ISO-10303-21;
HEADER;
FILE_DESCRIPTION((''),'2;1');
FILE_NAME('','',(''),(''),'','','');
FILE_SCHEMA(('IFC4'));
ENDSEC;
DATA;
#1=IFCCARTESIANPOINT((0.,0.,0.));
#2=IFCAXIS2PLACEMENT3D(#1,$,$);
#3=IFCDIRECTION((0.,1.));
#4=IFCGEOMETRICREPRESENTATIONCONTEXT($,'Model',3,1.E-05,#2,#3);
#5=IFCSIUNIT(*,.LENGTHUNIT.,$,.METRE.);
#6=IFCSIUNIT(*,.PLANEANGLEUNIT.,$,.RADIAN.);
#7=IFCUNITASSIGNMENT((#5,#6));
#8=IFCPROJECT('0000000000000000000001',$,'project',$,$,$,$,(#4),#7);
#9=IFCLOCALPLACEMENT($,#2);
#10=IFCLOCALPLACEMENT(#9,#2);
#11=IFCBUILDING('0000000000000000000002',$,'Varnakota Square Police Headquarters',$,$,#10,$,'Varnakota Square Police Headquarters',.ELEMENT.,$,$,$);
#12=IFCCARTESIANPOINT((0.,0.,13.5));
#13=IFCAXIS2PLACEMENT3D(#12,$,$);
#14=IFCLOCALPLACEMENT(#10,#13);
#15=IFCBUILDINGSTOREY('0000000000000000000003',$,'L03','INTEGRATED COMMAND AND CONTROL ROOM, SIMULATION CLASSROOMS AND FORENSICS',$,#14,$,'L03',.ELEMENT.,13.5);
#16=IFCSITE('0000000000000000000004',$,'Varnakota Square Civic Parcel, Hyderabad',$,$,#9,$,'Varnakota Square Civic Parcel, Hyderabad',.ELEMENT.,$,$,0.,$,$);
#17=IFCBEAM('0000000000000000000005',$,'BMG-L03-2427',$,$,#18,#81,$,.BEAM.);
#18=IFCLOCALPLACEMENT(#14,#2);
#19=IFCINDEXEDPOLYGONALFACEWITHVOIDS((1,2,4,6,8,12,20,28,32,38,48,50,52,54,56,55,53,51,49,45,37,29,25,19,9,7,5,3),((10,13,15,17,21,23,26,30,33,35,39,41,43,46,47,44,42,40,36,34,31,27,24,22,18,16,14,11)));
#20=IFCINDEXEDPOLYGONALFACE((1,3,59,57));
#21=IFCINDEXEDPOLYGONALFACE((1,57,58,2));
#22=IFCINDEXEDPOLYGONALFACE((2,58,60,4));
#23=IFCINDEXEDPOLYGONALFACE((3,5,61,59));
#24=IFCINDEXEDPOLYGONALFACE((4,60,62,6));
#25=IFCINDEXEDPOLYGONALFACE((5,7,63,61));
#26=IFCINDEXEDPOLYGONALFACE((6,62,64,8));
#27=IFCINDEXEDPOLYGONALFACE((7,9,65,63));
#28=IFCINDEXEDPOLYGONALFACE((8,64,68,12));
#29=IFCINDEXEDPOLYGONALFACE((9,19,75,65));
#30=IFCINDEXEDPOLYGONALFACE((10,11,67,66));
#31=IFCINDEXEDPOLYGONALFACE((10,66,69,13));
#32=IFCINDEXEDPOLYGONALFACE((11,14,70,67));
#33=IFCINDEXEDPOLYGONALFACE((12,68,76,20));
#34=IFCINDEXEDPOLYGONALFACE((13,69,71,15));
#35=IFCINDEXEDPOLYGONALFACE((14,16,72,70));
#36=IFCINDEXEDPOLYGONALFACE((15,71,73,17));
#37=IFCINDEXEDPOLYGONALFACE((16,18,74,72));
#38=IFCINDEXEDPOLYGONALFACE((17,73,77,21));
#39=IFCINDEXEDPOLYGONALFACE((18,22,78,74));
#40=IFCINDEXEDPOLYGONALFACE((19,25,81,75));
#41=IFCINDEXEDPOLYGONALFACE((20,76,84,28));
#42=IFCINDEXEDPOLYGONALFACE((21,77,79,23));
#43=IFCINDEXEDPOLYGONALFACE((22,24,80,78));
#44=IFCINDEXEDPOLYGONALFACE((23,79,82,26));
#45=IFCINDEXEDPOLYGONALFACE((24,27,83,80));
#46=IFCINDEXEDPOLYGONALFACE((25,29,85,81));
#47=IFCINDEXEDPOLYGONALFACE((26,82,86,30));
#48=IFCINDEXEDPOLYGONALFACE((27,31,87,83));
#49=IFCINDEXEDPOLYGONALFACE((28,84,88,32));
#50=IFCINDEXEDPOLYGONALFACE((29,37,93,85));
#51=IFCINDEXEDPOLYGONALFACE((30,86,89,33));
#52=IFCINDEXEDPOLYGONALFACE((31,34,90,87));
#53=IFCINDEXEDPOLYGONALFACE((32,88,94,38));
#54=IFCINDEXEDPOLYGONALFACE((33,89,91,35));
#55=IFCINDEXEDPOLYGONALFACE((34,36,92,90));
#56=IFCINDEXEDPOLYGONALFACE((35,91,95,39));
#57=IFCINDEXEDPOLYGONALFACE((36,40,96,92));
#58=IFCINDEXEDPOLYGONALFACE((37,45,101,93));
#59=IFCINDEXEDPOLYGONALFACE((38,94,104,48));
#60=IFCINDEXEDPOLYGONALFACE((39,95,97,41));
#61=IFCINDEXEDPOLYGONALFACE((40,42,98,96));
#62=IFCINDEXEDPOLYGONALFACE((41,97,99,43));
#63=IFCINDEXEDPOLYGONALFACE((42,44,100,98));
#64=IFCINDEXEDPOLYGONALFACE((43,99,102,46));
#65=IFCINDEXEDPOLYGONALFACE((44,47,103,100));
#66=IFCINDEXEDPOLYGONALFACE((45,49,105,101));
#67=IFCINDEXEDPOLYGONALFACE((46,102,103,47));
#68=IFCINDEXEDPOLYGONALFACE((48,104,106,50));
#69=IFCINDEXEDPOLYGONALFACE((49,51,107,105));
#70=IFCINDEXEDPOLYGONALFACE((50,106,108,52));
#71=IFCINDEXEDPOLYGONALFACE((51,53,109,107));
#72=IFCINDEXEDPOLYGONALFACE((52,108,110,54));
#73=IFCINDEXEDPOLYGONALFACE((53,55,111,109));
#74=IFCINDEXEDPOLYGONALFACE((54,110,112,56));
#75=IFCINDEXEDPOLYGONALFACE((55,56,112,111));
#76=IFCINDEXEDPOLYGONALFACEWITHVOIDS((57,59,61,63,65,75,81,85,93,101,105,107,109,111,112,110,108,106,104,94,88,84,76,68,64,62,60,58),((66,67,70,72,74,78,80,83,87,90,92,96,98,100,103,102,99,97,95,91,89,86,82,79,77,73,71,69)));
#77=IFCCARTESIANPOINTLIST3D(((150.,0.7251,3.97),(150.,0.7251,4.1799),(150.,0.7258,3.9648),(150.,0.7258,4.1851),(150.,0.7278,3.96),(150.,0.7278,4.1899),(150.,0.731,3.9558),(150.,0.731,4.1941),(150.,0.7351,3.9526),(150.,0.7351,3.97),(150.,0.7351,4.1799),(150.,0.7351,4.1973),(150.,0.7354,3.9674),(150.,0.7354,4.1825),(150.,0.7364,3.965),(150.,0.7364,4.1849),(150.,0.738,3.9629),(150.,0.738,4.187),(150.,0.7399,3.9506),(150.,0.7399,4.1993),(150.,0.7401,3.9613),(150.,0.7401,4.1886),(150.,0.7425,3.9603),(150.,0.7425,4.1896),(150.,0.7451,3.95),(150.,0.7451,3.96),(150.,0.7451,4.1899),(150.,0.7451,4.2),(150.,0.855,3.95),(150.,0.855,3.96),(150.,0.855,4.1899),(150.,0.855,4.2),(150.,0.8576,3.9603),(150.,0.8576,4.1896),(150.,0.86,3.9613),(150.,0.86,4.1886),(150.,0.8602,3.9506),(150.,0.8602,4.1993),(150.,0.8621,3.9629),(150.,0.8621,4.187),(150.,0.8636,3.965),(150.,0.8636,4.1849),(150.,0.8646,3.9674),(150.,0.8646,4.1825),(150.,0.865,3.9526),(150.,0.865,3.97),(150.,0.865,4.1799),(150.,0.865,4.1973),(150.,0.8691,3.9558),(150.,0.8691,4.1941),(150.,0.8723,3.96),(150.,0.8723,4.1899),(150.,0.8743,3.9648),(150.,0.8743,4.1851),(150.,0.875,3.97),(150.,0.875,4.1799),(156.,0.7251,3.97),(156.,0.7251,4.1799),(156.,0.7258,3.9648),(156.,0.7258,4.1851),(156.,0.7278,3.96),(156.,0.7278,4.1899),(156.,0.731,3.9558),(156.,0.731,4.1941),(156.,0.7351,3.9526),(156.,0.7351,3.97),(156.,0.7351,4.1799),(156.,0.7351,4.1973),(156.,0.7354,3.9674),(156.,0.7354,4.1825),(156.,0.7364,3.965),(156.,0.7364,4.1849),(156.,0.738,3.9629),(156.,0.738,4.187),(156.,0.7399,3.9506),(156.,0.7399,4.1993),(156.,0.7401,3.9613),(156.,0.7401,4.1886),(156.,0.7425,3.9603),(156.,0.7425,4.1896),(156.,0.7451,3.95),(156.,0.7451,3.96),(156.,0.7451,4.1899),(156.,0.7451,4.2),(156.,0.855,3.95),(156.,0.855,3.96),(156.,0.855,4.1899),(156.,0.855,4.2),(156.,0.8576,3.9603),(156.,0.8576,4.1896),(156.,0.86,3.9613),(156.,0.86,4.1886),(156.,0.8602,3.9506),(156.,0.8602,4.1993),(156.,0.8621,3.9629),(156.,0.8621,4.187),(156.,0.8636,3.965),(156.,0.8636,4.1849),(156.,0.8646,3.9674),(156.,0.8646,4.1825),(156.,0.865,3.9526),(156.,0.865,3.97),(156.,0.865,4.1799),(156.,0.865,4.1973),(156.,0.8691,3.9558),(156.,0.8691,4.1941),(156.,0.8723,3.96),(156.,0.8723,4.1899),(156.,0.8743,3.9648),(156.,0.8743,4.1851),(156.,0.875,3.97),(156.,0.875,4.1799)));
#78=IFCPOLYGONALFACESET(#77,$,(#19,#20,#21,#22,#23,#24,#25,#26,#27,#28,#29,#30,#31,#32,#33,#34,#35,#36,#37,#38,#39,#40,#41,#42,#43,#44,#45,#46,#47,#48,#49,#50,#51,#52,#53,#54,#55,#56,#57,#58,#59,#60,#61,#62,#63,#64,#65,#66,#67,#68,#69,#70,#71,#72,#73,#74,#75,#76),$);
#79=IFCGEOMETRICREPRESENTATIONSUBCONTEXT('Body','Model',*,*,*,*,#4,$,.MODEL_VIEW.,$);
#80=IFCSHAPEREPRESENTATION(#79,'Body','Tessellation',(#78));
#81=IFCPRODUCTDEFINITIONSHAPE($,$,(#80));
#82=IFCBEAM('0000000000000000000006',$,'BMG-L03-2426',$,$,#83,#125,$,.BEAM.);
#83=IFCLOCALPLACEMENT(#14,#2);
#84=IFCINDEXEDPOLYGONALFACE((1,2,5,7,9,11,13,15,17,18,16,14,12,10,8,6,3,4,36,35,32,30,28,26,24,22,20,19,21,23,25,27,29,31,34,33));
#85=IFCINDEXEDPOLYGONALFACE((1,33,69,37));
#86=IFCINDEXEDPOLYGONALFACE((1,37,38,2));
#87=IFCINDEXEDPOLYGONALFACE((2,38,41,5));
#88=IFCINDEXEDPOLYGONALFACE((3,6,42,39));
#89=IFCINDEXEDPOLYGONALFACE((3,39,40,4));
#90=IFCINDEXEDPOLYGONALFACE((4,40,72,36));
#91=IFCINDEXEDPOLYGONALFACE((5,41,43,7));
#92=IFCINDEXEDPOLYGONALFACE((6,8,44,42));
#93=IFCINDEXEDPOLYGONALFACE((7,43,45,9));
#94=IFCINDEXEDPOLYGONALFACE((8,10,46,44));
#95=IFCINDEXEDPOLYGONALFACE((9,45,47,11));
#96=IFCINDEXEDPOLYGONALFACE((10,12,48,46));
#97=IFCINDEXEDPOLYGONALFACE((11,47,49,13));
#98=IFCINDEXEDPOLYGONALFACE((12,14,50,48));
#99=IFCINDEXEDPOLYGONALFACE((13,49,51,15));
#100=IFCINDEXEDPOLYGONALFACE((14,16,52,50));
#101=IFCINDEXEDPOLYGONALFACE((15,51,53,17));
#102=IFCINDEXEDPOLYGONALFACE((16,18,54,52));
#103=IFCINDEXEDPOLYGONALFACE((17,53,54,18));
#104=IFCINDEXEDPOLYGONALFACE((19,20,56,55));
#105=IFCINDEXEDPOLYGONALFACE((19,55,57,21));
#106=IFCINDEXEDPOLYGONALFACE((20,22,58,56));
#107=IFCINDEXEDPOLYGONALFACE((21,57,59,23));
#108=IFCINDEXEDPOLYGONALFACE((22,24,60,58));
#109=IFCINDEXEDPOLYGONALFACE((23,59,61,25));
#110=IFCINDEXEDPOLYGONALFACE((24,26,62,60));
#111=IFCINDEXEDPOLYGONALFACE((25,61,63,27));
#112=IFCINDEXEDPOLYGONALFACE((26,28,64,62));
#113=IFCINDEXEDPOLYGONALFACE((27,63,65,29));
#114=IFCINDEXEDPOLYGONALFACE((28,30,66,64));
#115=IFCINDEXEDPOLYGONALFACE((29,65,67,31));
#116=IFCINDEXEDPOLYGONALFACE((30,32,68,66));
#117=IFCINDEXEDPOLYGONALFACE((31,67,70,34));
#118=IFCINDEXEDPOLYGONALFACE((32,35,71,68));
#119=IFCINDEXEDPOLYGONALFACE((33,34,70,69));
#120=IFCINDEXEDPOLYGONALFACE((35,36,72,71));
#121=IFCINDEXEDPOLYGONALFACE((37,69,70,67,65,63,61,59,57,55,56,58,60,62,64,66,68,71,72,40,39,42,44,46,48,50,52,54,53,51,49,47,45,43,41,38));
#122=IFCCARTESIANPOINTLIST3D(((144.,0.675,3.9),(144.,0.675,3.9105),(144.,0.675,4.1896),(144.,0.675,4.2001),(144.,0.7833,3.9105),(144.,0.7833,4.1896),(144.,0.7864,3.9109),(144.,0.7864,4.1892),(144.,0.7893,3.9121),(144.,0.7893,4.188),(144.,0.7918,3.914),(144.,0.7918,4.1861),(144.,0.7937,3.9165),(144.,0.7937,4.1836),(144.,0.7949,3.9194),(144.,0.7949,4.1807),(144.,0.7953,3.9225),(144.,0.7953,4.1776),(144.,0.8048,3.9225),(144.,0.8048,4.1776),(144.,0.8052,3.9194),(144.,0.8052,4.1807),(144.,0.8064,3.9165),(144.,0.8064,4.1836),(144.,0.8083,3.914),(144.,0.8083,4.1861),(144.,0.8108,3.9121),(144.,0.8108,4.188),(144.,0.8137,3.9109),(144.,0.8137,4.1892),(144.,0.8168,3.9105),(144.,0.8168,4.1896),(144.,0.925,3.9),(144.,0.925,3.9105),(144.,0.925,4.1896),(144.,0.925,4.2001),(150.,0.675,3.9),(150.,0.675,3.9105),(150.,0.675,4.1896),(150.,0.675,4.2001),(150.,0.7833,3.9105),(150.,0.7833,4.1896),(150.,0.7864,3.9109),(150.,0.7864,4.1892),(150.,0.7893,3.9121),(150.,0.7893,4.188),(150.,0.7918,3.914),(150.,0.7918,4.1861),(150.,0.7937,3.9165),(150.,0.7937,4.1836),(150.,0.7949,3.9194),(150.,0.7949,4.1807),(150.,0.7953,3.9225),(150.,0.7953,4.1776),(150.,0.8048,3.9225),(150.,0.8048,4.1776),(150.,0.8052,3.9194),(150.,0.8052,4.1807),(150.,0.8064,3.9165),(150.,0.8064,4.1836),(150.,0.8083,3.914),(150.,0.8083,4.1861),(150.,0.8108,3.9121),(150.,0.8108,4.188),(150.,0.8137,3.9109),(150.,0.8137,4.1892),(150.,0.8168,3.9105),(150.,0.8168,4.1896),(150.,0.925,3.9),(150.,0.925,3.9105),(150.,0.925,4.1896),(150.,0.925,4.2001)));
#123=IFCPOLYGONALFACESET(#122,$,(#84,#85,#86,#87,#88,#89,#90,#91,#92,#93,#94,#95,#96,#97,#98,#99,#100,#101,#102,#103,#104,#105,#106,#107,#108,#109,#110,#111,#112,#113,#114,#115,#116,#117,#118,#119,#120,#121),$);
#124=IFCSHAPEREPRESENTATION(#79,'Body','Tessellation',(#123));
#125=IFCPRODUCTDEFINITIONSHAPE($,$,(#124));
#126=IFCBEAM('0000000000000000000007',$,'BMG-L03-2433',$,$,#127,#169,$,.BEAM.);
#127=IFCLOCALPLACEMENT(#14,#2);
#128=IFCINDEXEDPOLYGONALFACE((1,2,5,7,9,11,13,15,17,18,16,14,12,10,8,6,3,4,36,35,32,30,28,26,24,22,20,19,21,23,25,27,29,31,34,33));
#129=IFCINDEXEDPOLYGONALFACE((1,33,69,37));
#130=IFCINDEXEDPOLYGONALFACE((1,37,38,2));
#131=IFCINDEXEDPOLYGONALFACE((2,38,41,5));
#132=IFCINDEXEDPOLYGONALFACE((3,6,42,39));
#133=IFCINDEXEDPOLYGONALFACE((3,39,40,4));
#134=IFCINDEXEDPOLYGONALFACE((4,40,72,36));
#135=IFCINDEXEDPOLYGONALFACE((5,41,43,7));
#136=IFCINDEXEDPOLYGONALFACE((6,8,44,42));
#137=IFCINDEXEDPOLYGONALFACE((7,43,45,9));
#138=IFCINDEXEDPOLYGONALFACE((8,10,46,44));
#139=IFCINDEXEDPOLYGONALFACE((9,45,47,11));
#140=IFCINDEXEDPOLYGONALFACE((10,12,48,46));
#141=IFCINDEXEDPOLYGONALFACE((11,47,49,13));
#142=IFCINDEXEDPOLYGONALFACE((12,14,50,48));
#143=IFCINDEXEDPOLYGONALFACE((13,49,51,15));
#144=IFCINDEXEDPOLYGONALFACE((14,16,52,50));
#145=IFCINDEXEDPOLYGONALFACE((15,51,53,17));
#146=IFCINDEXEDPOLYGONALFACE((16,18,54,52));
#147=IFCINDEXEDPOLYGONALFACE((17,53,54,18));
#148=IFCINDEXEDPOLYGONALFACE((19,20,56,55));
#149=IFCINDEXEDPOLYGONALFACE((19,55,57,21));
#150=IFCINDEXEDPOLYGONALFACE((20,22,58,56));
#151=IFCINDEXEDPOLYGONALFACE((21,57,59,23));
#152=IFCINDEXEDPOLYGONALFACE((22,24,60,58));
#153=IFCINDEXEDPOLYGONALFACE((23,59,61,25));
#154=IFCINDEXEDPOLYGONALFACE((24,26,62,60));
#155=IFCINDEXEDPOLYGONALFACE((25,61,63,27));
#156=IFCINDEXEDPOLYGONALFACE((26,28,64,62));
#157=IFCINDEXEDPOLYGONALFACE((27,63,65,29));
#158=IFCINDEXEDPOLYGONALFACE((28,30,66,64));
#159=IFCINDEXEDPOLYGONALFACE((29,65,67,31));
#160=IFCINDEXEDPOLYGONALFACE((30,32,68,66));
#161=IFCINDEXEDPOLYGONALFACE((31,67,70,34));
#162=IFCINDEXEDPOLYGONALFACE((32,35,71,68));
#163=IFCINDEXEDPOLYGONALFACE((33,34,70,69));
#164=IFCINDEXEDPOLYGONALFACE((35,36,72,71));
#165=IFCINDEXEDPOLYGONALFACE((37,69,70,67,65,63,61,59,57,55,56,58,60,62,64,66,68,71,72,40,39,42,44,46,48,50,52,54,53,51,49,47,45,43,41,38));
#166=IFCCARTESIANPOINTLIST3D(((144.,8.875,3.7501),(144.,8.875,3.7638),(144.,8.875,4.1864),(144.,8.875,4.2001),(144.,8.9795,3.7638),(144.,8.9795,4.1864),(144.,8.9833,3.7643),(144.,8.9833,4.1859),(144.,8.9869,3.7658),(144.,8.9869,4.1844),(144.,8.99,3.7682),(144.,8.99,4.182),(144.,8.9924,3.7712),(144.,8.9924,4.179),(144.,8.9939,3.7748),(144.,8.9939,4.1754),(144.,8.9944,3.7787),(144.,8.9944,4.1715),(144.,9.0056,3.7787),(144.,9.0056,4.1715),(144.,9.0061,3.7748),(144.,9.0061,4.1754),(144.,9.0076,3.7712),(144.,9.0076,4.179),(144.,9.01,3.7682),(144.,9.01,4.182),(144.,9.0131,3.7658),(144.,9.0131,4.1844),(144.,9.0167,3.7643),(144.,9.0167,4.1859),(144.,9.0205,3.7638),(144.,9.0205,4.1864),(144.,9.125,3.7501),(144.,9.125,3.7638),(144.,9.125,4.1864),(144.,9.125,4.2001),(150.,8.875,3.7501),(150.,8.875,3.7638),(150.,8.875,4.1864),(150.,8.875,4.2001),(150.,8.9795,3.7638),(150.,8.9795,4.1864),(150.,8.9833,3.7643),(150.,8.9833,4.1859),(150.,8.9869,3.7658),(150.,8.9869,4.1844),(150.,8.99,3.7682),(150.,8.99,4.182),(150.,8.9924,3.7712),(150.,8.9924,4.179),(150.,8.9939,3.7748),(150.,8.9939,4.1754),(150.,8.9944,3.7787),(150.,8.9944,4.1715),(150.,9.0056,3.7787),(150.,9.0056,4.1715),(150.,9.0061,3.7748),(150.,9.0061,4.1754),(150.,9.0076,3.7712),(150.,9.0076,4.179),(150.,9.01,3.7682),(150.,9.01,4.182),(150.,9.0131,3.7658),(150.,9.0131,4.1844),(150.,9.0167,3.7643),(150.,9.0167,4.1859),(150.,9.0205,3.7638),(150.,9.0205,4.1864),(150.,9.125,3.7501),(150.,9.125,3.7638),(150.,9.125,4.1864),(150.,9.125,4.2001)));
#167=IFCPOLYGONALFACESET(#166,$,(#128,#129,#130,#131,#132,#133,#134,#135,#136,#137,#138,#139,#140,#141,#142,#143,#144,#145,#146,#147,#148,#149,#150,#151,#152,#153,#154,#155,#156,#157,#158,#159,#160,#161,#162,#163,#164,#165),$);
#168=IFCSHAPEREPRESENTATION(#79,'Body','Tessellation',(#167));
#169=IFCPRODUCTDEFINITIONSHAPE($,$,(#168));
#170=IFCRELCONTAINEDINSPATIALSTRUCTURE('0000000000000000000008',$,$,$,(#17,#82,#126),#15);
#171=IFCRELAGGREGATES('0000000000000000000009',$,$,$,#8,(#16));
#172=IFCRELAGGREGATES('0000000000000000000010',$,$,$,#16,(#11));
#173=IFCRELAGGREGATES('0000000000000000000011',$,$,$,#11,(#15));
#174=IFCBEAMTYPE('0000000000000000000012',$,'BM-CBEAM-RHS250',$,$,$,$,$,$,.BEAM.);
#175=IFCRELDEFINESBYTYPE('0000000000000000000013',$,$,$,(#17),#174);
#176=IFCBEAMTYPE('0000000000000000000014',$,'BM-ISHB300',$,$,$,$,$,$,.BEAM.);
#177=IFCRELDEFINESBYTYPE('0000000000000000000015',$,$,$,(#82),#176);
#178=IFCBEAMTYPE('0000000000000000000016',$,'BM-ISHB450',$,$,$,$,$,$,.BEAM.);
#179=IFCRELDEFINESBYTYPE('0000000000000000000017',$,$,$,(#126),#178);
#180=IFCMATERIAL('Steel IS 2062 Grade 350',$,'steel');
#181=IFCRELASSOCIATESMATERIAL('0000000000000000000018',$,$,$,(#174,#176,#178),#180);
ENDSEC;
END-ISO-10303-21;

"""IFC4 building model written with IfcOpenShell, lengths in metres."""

from ifc_helpers import new_model, si_unit, direction, frame, origin, origin_2d, place, context, subcontext, project, spatial, hollow_rectangle, i_section, extrude, material, material_profile, profile_set, type_object, element, save


model = new_model("IFC4")

# Units and contexts
model_context = context("Model", 3, precision=1e-05, world=origin(), true_north=direction((0.0, 1.0)))
body_context = subcontext(model_context, "Body", "Model", "MODEL_VIEW")
ifc_project = project(units=[si_unit("LENGTHUNIT", "METRE"), si_unit("PLANEANGLEUNIT", "RADIAN")], contexts=[model_context])

# Site, building, storey
site_placement = place(None, origin())
site = spatial("IfcSite", under=ifc_project, at=site_placement, Name="Varnakota Square Civic Parcel, Hyderabad", LongName="Varnakota Square Civic Parcel, Hyderabad", CompositionType="ELEMENT", RefElevation=0.0)
building_placement = place(site_placement, origin())
building = spatial("IfcBuilding", under=site, at=building_placement, Name="Varnakota Square Police Headquarters", LongName="Varnakota Square Police Headquarters", CompositionType="ELEMENT")
storey_placement = place(building_placement, frame((0.0, 0.0, 13.5)))
storey = spatial("IfcBuildingStorey", under=building, at=storey_placement, Name="L03", Description="INTEGRATED COMMAND AND CONTROL ROOM, SIMULATION CLASSROOMS AND FORENSICS", LongName="L03", CompositionType="ELEMENT", Elevation=13.5)

# Shared definitions
ifc_material_1 = material(Name="Steel IS 2062 Grade 350", Category="steel")

# Beams
ifc_material_profile_1 = material_profile(ifc_material_1, hollow_rectangle(XDim=0.1499, YDim=0.25, WallThickness=0.01, InnerFilletRadius=0.01, OuterFilletRadius=0.02, at=origin_2d()), Name="RHS 250x150x10")
ifc_profile_set_1 = profile_set([ifc_material_profile_1], Name="Steel IS 2062 Grade 350")
beam_type_1 = type_object("IfcBeamType", Name="BM-CBEAM-RHS250", PredefinedType="BEAM", material=ifc_profile_set_1)
beam_1_placement = place(storey_placement, frame((150.0, 0.8, 4.075), z_axis=(1.0, 0.0, 0.0), x_axis=(0.0, 1.0, 0.0)))
element("IfcBeam", 1, at=beam_1_placement, inside=storey, type_object=beam_type_1, Name="BMG-L03-2427", PredefinedType="BEAM", context=body_context, shape_type="SweptSolid", body=[
    extrude(hollow_rectangle(XDim=0.1499, YDim=0.25, WallThickness=0.01, InnerFilletRadius=0.01, OuterFilletRadius=0.02, at=origin_2d()), origin(), (0.0, 0.0, 1.0), 6.0),
])
ifc_material_profile_2 = material_profile(ifc_material_1, i_section(OverallWidth=0.25, OverallDepth=0.3, WebThickness=0.0095, FlangeThickness=0.0105, FilletRadius=0.012, at=origin_2d()), Name="ISHB 300")
ifc_profile_set_2 = profile_set([ifc_material_profile_2], Name="Steel IS 2062 Grade 350")
beam_type_2 = type_object("IfcBeamType", Name="BM-ISHB300", PredefinedType="BEAM", material=ifc_profile_set_2)
beam_2_placement = place(storey_placement, frame((144.0, 0.8, 4.05), z_axis=(1.0, 0.0, 0.0), x_axis=(0.0, 1.0, 0.0)))
element("IfcBeam", 2, at=beam_2_placement, inside=storey, type_object=beam_type_2, Name="BMG-L03-2426", PredefinedType="BEAM", context=body_context, shape_type="SweptSolid", body=[
    extrude(i_section(OverallWidth=0.25, OverallDepth=0.3, WebThickness=0.0095, FlangeThickness=0.0105, FilletRadius=0.012, at=origin_2d()), origin(), (0.0, 0.0, 1.0), 6.0),
])
ifc_material_profile_3 = material_profile(ifc_material_1, i_section(OverallWidth=0.25, OverallDepth=0.45, WebThickness=0.0112, FlangeThickness=0.0137, FilletRadius=0.0149, at=origin_2d()), Name="ISHB 450")
ifc_profile_set_3 = profile_set([ifc_material_profile_3], Name="Steel IS 2062 Grade 350")
beam_type_3 = type_object("IfcBeamType", Name="BM-ISHB450", PredefinedType="BEAM", material=ifc_profile_set_3)
for number, where, z_axis, x_axis, name in (
    (3, (144.0, 9.0, 3.9751), (1.0, 0.0, 0.0), (0.0, 1.0, 0.0), "BMG-L03-2433"),
):
    element("IfcBeam", number, at=place(storey_placement, frame(where, z_axis=z_axis, x_axis=x_axis)), inside=storey, type_object=beam_type_3, Name=name, PredefinedType="BEAM", context=body_context, shape_type="SweptSolid", body=[
        extrude(i_section(OverallWidth=0.25, OverallDepth=0.45, WebThickness=0.0112, FlangeThickness=0.0137, FilletRadius=0.0149, at=origin_2d()), origin(), (0.0, 0.0, 1.0), 6.0),
    ])

save(model, "model.ifc")
